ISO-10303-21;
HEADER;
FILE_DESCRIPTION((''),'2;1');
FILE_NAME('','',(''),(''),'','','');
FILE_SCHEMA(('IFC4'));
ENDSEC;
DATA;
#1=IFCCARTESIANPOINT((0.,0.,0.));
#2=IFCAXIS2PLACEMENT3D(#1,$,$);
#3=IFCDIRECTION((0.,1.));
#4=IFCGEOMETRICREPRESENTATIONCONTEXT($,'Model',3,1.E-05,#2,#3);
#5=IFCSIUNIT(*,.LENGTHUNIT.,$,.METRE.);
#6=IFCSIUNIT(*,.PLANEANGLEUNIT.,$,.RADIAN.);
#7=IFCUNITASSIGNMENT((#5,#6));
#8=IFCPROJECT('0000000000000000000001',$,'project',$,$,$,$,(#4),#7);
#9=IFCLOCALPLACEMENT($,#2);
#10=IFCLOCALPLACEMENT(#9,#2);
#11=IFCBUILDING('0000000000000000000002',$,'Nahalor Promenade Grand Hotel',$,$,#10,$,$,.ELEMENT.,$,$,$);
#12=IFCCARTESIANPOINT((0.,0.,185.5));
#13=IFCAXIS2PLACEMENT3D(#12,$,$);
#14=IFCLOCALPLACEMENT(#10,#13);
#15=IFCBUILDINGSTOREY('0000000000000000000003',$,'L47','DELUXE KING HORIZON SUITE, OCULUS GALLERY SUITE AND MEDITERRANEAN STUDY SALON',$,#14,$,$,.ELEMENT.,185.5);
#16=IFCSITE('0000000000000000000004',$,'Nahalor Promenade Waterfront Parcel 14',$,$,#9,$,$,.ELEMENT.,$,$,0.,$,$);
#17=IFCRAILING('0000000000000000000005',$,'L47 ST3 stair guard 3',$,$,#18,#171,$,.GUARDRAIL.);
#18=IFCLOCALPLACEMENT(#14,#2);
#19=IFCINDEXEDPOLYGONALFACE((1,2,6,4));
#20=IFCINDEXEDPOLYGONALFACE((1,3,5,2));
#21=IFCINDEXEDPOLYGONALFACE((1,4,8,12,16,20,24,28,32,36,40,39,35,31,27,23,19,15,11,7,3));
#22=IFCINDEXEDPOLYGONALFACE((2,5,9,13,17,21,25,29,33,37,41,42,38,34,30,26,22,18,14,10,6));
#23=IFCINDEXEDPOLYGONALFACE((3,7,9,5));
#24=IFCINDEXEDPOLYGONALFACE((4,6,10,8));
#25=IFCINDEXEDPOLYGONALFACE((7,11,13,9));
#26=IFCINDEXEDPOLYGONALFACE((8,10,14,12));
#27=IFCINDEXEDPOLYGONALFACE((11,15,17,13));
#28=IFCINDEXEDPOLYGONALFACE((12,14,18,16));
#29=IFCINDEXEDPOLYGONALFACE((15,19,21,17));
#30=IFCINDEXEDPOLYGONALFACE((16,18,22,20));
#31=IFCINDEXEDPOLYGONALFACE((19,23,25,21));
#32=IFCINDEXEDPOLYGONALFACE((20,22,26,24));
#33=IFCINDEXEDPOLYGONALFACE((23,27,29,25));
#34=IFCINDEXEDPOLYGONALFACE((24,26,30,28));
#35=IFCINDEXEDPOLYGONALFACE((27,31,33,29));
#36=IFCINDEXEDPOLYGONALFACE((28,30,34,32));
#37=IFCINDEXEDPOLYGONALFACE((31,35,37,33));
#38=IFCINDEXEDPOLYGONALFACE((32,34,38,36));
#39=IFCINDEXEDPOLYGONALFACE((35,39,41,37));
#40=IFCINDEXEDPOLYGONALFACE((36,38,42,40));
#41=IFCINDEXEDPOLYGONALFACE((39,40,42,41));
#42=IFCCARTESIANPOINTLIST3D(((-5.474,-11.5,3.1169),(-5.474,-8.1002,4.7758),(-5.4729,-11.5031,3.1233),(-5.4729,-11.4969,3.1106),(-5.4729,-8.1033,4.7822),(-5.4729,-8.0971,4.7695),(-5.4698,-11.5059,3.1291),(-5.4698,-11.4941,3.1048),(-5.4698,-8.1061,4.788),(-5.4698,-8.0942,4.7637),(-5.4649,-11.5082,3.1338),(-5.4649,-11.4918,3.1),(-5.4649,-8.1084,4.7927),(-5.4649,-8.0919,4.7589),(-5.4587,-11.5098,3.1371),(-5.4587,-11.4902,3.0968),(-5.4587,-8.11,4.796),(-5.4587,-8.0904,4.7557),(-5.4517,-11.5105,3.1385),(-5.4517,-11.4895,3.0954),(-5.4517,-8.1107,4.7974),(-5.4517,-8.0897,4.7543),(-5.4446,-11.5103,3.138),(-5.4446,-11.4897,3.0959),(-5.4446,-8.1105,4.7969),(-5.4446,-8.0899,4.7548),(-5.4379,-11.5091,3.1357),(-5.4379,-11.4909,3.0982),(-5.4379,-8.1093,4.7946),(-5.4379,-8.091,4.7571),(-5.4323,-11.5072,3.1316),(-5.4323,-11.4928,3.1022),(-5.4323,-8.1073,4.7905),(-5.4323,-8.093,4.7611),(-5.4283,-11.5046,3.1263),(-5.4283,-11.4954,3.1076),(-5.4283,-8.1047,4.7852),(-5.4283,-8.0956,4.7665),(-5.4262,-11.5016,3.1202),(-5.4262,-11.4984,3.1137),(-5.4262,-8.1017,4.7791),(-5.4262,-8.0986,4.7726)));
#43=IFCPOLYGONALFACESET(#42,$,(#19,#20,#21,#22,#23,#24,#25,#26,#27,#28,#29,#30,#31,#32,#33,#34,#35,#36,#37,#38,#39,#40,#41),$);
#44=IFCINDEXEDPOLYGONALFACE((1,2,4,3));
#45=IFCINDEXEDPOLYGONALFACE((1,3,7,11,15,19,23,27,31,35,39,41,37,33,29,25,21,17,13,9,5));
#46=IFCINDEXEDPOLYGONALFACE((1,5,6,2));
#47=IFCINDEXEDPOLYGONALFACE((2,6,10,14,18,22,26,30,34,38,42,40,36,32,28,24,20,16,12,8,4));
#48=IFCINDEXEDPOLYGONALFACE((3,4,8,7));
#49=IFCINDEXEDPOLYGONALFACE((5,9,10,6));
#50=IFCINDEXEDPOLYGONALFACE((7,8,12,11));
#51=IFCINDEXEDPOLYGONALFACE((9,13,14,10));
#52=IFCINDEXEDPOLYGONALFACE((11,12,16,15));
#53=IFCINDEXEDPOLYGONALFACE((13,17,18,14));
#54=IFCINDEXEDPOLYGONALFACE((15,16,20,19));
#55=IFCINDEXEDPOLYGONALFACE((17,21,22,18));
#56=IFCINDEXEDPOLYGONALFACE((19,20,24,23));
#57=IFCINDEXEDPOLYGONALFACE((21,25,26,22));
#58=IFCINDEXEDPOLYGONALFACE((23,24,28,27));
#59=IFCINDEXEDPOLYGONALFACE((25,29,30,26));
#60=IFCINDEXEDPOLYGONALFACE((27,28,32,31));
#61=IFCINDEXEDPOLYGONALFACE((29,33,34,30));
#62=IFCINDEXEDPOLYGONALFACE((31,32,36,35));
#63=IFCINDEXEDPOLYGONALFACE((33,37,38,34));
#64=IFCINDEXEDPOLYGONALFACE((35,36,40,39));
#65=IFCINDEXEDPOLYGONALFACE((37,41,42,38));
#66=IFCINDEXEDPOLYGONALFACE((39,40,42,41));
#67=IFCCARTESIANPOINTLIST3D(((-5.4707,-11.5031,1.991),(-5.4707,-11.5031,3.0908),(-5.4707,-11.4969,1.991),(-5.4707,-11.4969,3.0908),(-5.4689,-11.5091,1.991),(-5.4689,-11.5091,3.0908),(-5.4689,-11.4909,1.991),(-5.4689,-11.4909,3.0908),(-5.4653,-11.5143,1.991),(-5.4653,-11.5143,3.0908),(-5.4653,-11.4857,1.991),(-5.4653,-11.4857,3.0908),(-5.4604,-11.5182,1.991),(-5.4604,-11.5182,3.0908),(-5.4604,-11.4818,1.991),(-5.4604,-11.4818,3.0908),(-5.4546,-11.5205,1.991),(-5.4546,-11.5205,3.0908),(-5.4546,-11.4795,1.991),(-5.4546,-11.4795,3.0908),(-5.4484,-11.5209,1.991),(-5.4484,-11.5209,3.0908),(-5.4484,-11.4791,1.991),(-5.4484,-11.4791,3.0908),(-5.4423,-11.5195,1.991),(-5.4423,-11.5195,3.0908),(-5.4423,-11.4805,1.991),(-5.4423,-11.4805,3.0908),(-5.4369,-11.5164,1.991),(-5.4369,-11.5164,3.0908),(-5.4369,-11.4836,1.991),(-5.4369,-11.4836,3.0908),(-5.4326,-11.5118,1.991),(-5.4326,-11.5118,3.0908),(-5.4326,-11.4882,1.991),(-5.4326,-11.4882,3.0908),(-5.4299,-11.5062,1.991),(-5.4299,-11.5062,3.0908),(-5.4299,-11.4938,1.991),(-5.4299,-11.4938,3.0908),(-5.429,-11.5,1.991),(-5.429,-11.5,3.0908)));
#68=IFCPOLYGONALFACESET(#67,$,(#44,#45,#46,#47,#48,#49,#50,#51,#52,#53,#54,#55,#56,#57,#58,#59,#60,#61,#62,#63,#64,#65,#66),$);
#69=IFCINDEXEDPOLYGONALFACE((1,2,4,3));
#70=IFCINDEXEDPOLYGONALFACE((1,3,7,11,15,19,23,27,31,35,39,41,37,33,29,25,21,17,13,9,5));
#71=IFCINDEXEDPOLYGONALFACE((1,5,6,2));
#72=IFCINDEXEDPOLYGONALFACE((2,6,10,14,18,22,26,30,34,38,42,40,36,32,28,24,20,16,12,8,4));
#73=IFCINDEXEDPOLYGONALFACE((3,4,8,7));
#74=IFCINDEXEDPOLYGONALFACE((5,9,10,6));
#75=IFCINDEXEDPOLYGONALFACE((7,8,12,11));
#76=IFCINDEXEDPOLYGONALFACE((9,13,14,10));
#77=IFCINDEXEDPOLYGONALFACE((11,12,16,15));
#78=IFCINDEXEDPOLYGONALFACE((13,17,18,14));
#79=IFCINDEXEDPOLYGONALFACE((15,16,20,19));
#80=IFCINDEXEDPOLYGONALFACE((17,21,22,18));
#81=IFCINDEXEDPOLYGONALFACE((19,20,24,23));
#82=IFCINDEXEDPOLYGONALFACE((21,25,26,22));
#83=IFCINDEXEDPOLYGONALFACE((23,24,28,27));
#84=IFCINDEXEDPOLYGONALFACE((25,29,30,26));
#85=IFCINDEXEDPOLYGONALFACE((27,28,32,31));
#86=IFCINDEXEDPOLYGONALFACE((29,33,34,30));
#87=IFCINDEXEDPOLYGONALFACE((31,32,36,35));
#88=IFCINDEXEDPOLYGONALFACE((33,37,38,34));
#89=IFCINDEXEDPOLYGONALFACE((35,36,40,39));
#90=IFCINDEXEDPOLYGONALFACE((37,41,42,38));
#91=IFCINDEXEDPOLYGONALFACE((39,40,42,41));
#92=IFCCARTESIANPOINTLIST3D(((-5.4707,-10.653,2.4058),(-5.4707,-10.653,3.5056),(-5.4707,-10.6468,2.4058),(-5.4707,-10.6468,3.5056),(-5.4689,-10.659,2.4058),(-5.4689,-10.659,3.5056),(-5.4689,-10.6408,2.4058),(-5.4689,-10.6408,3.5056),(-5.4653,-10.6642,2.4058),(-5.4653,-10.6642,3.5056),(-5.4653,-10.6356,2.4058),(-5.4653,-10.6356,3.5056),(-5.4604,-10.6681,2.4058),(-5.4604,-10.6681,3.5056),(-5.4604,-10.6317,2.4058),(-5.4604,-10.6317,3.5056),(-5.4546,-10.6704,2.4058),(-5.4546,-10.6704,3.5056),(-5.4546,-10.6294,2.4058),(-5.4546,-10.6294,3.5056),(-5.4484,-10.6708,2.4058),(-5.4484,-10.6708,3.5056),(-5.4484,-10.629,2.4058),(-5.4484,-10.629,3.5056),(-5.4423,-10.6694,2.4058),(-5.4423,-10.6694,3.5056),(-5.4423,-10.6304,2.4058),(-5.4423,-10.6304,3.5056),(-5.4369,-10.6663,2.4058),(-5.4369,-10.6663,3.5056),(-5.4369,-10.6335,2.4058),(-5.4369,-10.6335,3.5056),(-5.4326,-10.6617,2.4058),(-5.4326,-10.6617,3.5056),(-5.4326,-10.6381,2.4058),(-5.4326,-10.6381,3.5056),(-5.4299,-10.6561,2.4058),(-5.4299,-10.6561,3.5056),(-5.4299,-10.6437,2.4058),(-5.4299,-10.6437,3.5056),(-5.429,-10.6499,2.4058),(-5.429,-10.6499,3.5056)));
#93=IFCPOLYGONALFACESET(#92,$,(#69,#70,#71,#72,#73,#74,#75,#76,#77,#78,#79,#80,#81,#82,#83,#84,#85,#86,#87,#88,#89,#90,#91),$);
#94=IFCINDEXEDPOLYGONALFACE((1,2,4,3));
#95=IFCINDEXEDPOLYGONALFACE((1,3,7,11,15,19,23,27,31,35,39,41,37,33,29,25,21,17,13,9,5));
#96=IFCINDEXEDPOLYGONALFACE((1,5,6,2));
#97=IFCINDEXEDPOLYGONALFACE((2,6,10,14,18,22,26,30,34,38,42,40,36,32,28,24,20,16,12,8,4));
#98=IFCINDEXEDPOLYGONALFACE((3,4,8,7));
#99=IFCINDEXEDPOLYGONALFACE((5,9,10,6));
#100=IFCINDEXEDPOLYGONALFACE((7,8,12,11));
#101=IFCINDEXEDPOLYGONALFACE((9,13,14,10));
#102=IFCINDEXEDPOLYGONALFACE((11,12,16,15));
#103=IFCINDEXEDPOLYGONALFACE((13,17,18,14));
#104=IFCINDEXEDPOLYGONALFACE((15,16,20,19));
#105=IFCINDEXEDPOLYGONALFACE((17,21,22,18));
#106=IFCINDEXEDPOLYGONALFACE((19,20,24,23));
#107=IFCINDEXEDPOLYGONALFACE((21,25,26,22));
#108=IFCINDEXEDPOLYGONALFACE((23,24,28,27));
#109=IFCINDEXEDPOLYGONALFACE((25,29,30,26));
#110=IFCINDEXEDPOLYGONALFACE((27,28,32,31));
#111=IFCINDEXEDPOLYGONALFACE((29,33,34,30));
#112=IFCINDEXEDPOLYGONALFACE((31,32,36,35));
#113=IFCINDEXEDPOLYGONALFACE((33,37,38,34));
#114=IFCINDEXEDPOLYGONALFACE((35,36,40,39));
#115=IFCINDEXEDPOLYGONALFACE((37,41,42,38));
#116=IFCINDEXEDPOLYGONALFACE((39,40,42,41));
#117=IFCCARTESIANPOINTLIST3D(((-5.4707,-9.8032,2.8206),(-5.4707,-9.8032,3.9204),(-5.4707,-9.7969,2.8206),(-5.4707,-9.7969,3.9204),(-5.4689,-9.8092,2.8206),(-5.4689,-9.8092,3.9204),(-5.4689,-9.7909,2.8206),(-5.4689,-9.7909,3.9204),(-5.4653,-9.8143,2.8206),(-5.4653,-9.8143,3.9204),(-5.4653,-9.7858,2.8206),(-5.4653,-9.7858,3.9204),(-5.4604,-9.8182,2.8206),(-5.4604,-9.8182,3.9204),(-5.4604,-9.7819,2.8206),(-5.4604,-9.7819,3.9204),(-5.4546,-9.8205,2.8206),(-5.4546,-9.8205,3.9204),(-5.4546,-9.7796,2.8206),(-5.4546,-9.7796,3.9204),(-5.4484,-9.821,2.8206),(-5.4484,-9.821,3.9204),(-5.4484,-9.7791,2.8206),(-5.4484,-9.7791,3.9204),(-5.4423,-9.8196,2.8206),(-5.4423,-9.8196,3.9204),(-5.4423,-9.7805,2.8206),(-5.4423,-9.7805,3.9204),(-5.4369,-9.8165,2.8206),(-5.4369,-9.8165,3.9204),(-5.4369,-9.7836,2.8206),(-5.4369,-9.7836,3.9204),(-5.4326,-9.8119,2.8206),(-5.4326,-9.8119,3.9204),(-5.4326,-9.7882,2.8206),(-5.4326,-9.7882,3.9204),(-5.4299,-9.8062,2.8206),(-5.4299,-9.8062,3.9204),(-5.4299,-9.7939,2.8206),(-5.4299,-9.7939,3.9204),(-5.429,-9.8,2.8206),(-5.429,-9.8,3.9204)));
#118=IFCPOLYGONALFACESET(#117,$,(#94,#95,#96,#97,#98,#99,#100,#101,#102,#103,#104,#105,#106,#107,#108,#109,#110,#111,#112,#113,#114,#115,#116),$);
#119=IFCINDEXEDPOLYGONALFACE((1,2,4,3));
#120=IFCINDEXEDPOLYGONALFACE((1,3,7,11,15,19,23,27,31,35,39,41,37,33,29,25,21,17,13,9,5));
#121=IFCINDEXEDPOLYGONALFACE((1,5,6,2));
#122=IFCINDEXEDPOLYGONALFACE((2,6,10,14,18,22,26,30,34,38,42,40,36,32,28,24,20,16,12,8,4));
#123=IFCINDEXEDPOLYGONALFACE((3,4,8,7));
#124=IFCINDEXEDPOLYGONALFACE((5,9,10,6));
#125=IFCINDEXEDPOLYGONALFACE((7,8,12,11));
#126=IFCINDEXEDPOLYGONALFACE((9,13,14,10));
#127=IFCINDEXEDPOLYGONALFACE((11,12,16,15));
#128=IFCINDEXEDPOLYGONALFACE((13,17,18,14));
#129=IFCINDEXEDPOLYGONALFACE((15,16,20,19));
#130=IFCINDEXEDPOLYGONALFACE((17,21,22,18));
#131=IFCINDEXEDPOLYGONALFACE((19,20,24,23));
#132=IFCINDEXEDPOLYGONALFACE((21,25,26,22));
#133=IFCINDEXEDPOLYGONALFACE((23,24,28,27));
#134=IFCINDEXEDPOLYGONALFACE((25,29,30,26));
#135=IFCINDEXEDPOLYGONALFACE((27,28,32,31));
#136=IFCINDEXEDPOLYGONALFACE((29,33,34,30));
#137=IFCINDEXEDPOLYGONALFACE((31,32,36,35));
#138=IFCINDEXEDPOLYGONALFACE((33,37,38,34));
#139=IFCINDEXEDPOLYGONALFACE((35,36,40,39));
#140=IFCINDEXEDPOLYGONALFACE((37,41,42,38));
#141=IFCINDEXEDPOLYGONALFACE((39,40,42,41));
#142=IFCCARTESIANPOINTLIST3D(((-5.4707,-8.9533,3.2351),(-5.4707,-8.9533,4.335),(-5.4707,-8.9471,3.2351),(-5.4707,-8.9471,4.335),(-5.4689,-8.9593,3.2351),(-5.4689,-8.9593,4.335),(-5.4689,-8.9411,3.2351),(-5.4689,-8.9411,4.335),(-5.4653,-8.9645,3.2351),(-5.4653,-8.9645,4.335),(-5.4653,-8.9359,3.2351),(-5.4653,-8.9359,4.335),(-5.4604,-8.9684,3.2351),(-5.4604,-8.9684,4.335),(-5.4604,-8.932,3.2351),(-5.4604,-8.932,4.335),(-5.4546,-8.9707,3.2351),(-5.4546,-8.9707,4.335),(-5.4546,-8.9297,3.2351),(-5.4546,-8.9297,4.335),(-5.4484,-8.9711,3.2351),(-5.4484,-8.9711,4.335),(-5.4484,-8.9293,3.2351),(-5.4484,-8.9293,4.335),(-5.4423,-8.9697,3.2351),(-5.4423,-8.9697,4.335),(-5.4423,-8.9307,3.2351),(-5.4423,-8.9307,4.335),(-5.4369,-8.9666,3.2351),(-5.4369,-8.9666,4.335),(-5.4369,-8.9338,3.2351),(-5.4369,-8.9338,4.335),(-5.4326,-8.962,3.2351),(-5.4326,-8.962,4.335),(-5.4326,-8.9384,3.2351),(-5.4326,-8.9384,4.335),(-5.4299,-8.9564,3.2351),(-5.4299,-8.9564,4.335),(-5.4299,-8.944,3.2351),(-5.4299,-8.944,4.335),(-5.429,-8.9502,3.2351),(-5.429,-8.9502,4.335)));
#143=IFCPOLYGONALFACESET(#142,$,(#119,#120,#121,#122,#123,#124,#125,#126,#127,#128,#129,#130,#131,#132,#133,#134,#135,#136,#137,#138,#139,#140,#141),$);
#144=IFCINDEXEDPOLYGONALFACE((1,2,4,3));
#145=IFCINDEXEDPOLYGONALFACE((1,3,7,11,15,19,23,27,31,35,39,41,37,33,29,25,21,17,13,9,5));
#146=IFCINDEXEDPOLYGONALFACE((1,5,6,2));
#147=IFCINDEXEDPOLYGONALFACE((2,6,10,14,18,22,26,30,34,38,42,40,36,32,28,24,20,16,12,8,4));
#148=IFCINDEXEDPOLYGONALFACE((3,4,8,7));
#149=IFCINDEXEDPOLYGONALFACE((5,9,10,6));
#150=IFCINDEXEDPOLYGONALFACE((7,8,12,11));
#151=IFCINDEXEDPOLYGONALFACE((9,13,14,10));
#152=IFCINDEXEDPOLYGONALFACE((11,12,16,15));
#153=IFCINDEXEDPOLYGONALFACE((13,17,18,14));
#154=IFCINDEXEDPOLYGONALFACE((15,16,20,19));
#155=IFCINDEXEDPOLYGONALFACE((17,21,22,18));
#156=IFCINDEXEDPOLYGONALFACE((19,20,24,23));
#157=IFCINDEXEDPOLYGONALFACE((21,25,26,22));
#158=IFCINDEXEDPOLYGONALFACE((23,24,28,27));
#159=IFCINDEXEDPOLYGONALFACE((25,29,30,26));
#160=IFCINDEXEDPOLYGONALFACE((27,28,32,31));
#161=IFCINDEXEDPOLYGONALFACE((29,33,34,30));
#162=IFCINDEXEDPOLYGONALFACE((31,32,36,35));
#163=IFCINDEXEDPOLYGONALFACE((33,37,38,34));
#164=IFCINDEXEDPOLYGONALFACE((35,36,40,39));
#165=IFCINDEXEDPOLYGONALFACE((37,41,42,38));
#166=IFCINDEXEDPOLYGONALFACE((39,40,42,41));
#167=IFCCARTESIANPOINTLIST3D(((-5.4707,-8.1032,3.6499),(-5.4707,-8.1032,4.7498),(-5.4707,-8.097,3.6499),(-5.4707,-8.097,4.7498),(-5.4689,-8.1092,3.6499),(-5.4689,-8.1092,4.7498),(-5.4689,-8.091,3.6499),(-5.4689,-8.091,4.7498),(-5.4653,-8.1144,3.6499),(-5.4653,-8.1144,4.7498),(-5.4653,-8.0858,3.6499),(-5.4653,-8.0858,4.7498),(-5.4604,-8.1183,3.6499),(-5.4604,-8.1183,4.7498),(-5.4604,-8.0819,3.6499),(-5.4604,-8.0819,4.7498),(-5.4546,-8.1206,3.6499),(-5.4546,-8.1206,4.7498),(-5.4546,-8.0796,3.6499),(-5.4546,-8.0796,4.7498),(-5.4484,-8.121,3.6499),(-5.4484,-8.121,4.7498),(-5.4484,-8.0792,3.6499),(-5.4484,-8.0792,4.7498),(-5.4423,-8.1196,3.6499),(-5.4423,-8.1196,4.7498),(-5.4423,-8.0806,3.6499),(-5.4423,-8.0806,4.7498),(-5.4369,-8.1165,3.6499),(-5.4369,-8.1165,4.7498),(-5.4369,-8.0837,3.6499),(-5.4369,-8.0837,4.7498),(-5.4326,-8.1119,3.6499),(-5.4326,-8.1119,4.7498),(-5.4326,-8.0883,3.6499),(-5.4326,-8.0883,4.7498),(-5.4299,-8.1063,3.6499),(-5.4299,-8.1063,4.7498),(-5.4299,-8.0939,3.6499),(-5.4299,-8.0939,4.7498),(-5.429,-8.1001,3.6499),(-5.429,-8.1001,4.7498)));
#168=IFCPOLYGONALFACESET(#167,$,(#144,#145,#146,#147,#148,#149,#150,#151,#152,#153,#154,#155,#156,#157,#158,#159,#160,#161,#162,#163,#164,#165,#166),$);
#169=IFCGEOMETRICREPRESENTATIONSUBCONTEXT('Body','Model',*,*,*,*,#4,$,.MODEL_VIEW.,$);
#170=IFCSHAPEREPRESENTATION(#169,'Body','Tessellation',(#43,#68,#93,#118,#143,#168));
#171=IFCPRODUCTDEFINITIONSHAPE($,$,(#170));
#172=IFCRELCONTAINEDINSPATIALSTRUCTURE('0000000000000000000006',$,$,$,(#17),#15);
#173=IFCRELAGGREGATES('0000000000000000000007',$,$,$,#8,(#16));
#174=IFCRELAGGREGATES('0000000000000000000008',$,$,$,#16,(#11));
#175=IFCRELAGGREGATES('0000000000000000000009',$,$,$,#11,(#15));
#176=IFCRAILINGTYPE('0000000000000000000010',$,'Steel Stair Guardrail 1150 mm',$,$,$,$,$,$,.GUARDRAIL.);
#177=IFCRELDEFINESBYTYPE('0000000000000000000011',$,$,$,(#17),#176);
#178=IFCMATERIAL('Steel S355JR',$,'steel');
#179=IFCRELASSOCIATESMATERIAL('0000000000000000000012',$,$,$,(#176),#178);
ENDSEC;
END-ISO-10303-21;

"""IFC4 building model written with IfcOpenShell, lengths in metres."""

from ifc_helpers import new_model, si_unit, direction, frame, origin, origin_2d, place, context, subcontext, project, spatial, circle, extrude, material, type_object, element, save


model = new_model("IFC4")

# Units and contexts
model_context = context("Model", 3, precision=1e-05, world=origin(), true_north=direction((0.0, 1.0)))
body_context = subcontext(model_context, "Body", "Model", "MODEL_VIEW")
ifc_project = project(units=[si_unit("LENGTHUNIT", "METRE"), si_unit("PLANEANGLEUNIT", "RADIAN")], contexts=[model_context])

# Site, building, storey
site_placement = place(None, origin())
site = spatial("IfcSite", under=ifc_project, at=site_placement, Name="Nahalor Promenade Waterfront Parcel 14", CompositionType="ELEMENT", RefElevation=0.0)
building_placement = place(site_placement, origin())
building = spatial("IfcBuilding", under=site, at=building_placement, Name="Nahalor Promenade Grand Hotel", CompositionType="ELEMENT")
storey_placement = place(building_placement, frame((0.0, 0.0, 185.5)))
storey = spatial("IfcBuildingStorey", under=building, at=storey_placement, Name="L47", Description="DELUXE KING HORIZON SUITE, OCULUS GALLERY SUITE AND MEDITERRANEAN STUDY SALON", CompositionType="ELEMENT", Elevation=185.5)

# Shared definitions
ifc_material_1 = material(Name="Steel S355JR", Category="steel")

# Railing
railing_type_1 = type_object("IfcRailingType", Name="Steel Stair Guardrail 1150 mm", PredefinedType="GUARDRAIL", material=ifc_material_1)
railing_1_placement = place(storey_placement, frame((-5.45, -11.5, 1.991)))
element("IfcRailing", 1, at=railing_1_placement, inside=storey, type_object=railing_type_1, Name="L47 ST3 stair guard 3", PredefinedType="GUARDRAIL", context=body_context, shape_type="SweptSolid", body=[
    extrude(circle(Radius=0.024, at=origin_2d()), frame((0.0, 0.0, 1.126), z_axis=(0.0, 0.898722, 0.438519), x_axis=(-1.0, 0.0, 0.0)), (0.0, 0.0, 1.0), 3.783),
    extrude(circle(Radius=0.021, at=origin_2d()), origin(), (0.0, 0.0, 1.0), 1.0999),
    extrude(circle(Radius=0.021, at=origin_2d()), frame((0.0, 0.8501, 0.4148)), (0.0, 0.0, 1.0), 1.0999),
    extrude(circle(Radius=0.021, at=origin_2d()), frame((0.0, 1.7, 0.8296)), (0.0, 0.0, 1.0), 1.0999),
    extrude(circle(Radius=0.021, at=origin_2d()), frame((0.0, 2.5498, 1.2441)), (0.0, 0.0, 1.0), 1.0999),
    extrude(circle(Radius=0.021, at=origin_2d()), frame((0.0, 3.3999, 1.6589)), (0.0, 0.0, 1.0), 1.0999),
])

save(model, "model.ifc")
